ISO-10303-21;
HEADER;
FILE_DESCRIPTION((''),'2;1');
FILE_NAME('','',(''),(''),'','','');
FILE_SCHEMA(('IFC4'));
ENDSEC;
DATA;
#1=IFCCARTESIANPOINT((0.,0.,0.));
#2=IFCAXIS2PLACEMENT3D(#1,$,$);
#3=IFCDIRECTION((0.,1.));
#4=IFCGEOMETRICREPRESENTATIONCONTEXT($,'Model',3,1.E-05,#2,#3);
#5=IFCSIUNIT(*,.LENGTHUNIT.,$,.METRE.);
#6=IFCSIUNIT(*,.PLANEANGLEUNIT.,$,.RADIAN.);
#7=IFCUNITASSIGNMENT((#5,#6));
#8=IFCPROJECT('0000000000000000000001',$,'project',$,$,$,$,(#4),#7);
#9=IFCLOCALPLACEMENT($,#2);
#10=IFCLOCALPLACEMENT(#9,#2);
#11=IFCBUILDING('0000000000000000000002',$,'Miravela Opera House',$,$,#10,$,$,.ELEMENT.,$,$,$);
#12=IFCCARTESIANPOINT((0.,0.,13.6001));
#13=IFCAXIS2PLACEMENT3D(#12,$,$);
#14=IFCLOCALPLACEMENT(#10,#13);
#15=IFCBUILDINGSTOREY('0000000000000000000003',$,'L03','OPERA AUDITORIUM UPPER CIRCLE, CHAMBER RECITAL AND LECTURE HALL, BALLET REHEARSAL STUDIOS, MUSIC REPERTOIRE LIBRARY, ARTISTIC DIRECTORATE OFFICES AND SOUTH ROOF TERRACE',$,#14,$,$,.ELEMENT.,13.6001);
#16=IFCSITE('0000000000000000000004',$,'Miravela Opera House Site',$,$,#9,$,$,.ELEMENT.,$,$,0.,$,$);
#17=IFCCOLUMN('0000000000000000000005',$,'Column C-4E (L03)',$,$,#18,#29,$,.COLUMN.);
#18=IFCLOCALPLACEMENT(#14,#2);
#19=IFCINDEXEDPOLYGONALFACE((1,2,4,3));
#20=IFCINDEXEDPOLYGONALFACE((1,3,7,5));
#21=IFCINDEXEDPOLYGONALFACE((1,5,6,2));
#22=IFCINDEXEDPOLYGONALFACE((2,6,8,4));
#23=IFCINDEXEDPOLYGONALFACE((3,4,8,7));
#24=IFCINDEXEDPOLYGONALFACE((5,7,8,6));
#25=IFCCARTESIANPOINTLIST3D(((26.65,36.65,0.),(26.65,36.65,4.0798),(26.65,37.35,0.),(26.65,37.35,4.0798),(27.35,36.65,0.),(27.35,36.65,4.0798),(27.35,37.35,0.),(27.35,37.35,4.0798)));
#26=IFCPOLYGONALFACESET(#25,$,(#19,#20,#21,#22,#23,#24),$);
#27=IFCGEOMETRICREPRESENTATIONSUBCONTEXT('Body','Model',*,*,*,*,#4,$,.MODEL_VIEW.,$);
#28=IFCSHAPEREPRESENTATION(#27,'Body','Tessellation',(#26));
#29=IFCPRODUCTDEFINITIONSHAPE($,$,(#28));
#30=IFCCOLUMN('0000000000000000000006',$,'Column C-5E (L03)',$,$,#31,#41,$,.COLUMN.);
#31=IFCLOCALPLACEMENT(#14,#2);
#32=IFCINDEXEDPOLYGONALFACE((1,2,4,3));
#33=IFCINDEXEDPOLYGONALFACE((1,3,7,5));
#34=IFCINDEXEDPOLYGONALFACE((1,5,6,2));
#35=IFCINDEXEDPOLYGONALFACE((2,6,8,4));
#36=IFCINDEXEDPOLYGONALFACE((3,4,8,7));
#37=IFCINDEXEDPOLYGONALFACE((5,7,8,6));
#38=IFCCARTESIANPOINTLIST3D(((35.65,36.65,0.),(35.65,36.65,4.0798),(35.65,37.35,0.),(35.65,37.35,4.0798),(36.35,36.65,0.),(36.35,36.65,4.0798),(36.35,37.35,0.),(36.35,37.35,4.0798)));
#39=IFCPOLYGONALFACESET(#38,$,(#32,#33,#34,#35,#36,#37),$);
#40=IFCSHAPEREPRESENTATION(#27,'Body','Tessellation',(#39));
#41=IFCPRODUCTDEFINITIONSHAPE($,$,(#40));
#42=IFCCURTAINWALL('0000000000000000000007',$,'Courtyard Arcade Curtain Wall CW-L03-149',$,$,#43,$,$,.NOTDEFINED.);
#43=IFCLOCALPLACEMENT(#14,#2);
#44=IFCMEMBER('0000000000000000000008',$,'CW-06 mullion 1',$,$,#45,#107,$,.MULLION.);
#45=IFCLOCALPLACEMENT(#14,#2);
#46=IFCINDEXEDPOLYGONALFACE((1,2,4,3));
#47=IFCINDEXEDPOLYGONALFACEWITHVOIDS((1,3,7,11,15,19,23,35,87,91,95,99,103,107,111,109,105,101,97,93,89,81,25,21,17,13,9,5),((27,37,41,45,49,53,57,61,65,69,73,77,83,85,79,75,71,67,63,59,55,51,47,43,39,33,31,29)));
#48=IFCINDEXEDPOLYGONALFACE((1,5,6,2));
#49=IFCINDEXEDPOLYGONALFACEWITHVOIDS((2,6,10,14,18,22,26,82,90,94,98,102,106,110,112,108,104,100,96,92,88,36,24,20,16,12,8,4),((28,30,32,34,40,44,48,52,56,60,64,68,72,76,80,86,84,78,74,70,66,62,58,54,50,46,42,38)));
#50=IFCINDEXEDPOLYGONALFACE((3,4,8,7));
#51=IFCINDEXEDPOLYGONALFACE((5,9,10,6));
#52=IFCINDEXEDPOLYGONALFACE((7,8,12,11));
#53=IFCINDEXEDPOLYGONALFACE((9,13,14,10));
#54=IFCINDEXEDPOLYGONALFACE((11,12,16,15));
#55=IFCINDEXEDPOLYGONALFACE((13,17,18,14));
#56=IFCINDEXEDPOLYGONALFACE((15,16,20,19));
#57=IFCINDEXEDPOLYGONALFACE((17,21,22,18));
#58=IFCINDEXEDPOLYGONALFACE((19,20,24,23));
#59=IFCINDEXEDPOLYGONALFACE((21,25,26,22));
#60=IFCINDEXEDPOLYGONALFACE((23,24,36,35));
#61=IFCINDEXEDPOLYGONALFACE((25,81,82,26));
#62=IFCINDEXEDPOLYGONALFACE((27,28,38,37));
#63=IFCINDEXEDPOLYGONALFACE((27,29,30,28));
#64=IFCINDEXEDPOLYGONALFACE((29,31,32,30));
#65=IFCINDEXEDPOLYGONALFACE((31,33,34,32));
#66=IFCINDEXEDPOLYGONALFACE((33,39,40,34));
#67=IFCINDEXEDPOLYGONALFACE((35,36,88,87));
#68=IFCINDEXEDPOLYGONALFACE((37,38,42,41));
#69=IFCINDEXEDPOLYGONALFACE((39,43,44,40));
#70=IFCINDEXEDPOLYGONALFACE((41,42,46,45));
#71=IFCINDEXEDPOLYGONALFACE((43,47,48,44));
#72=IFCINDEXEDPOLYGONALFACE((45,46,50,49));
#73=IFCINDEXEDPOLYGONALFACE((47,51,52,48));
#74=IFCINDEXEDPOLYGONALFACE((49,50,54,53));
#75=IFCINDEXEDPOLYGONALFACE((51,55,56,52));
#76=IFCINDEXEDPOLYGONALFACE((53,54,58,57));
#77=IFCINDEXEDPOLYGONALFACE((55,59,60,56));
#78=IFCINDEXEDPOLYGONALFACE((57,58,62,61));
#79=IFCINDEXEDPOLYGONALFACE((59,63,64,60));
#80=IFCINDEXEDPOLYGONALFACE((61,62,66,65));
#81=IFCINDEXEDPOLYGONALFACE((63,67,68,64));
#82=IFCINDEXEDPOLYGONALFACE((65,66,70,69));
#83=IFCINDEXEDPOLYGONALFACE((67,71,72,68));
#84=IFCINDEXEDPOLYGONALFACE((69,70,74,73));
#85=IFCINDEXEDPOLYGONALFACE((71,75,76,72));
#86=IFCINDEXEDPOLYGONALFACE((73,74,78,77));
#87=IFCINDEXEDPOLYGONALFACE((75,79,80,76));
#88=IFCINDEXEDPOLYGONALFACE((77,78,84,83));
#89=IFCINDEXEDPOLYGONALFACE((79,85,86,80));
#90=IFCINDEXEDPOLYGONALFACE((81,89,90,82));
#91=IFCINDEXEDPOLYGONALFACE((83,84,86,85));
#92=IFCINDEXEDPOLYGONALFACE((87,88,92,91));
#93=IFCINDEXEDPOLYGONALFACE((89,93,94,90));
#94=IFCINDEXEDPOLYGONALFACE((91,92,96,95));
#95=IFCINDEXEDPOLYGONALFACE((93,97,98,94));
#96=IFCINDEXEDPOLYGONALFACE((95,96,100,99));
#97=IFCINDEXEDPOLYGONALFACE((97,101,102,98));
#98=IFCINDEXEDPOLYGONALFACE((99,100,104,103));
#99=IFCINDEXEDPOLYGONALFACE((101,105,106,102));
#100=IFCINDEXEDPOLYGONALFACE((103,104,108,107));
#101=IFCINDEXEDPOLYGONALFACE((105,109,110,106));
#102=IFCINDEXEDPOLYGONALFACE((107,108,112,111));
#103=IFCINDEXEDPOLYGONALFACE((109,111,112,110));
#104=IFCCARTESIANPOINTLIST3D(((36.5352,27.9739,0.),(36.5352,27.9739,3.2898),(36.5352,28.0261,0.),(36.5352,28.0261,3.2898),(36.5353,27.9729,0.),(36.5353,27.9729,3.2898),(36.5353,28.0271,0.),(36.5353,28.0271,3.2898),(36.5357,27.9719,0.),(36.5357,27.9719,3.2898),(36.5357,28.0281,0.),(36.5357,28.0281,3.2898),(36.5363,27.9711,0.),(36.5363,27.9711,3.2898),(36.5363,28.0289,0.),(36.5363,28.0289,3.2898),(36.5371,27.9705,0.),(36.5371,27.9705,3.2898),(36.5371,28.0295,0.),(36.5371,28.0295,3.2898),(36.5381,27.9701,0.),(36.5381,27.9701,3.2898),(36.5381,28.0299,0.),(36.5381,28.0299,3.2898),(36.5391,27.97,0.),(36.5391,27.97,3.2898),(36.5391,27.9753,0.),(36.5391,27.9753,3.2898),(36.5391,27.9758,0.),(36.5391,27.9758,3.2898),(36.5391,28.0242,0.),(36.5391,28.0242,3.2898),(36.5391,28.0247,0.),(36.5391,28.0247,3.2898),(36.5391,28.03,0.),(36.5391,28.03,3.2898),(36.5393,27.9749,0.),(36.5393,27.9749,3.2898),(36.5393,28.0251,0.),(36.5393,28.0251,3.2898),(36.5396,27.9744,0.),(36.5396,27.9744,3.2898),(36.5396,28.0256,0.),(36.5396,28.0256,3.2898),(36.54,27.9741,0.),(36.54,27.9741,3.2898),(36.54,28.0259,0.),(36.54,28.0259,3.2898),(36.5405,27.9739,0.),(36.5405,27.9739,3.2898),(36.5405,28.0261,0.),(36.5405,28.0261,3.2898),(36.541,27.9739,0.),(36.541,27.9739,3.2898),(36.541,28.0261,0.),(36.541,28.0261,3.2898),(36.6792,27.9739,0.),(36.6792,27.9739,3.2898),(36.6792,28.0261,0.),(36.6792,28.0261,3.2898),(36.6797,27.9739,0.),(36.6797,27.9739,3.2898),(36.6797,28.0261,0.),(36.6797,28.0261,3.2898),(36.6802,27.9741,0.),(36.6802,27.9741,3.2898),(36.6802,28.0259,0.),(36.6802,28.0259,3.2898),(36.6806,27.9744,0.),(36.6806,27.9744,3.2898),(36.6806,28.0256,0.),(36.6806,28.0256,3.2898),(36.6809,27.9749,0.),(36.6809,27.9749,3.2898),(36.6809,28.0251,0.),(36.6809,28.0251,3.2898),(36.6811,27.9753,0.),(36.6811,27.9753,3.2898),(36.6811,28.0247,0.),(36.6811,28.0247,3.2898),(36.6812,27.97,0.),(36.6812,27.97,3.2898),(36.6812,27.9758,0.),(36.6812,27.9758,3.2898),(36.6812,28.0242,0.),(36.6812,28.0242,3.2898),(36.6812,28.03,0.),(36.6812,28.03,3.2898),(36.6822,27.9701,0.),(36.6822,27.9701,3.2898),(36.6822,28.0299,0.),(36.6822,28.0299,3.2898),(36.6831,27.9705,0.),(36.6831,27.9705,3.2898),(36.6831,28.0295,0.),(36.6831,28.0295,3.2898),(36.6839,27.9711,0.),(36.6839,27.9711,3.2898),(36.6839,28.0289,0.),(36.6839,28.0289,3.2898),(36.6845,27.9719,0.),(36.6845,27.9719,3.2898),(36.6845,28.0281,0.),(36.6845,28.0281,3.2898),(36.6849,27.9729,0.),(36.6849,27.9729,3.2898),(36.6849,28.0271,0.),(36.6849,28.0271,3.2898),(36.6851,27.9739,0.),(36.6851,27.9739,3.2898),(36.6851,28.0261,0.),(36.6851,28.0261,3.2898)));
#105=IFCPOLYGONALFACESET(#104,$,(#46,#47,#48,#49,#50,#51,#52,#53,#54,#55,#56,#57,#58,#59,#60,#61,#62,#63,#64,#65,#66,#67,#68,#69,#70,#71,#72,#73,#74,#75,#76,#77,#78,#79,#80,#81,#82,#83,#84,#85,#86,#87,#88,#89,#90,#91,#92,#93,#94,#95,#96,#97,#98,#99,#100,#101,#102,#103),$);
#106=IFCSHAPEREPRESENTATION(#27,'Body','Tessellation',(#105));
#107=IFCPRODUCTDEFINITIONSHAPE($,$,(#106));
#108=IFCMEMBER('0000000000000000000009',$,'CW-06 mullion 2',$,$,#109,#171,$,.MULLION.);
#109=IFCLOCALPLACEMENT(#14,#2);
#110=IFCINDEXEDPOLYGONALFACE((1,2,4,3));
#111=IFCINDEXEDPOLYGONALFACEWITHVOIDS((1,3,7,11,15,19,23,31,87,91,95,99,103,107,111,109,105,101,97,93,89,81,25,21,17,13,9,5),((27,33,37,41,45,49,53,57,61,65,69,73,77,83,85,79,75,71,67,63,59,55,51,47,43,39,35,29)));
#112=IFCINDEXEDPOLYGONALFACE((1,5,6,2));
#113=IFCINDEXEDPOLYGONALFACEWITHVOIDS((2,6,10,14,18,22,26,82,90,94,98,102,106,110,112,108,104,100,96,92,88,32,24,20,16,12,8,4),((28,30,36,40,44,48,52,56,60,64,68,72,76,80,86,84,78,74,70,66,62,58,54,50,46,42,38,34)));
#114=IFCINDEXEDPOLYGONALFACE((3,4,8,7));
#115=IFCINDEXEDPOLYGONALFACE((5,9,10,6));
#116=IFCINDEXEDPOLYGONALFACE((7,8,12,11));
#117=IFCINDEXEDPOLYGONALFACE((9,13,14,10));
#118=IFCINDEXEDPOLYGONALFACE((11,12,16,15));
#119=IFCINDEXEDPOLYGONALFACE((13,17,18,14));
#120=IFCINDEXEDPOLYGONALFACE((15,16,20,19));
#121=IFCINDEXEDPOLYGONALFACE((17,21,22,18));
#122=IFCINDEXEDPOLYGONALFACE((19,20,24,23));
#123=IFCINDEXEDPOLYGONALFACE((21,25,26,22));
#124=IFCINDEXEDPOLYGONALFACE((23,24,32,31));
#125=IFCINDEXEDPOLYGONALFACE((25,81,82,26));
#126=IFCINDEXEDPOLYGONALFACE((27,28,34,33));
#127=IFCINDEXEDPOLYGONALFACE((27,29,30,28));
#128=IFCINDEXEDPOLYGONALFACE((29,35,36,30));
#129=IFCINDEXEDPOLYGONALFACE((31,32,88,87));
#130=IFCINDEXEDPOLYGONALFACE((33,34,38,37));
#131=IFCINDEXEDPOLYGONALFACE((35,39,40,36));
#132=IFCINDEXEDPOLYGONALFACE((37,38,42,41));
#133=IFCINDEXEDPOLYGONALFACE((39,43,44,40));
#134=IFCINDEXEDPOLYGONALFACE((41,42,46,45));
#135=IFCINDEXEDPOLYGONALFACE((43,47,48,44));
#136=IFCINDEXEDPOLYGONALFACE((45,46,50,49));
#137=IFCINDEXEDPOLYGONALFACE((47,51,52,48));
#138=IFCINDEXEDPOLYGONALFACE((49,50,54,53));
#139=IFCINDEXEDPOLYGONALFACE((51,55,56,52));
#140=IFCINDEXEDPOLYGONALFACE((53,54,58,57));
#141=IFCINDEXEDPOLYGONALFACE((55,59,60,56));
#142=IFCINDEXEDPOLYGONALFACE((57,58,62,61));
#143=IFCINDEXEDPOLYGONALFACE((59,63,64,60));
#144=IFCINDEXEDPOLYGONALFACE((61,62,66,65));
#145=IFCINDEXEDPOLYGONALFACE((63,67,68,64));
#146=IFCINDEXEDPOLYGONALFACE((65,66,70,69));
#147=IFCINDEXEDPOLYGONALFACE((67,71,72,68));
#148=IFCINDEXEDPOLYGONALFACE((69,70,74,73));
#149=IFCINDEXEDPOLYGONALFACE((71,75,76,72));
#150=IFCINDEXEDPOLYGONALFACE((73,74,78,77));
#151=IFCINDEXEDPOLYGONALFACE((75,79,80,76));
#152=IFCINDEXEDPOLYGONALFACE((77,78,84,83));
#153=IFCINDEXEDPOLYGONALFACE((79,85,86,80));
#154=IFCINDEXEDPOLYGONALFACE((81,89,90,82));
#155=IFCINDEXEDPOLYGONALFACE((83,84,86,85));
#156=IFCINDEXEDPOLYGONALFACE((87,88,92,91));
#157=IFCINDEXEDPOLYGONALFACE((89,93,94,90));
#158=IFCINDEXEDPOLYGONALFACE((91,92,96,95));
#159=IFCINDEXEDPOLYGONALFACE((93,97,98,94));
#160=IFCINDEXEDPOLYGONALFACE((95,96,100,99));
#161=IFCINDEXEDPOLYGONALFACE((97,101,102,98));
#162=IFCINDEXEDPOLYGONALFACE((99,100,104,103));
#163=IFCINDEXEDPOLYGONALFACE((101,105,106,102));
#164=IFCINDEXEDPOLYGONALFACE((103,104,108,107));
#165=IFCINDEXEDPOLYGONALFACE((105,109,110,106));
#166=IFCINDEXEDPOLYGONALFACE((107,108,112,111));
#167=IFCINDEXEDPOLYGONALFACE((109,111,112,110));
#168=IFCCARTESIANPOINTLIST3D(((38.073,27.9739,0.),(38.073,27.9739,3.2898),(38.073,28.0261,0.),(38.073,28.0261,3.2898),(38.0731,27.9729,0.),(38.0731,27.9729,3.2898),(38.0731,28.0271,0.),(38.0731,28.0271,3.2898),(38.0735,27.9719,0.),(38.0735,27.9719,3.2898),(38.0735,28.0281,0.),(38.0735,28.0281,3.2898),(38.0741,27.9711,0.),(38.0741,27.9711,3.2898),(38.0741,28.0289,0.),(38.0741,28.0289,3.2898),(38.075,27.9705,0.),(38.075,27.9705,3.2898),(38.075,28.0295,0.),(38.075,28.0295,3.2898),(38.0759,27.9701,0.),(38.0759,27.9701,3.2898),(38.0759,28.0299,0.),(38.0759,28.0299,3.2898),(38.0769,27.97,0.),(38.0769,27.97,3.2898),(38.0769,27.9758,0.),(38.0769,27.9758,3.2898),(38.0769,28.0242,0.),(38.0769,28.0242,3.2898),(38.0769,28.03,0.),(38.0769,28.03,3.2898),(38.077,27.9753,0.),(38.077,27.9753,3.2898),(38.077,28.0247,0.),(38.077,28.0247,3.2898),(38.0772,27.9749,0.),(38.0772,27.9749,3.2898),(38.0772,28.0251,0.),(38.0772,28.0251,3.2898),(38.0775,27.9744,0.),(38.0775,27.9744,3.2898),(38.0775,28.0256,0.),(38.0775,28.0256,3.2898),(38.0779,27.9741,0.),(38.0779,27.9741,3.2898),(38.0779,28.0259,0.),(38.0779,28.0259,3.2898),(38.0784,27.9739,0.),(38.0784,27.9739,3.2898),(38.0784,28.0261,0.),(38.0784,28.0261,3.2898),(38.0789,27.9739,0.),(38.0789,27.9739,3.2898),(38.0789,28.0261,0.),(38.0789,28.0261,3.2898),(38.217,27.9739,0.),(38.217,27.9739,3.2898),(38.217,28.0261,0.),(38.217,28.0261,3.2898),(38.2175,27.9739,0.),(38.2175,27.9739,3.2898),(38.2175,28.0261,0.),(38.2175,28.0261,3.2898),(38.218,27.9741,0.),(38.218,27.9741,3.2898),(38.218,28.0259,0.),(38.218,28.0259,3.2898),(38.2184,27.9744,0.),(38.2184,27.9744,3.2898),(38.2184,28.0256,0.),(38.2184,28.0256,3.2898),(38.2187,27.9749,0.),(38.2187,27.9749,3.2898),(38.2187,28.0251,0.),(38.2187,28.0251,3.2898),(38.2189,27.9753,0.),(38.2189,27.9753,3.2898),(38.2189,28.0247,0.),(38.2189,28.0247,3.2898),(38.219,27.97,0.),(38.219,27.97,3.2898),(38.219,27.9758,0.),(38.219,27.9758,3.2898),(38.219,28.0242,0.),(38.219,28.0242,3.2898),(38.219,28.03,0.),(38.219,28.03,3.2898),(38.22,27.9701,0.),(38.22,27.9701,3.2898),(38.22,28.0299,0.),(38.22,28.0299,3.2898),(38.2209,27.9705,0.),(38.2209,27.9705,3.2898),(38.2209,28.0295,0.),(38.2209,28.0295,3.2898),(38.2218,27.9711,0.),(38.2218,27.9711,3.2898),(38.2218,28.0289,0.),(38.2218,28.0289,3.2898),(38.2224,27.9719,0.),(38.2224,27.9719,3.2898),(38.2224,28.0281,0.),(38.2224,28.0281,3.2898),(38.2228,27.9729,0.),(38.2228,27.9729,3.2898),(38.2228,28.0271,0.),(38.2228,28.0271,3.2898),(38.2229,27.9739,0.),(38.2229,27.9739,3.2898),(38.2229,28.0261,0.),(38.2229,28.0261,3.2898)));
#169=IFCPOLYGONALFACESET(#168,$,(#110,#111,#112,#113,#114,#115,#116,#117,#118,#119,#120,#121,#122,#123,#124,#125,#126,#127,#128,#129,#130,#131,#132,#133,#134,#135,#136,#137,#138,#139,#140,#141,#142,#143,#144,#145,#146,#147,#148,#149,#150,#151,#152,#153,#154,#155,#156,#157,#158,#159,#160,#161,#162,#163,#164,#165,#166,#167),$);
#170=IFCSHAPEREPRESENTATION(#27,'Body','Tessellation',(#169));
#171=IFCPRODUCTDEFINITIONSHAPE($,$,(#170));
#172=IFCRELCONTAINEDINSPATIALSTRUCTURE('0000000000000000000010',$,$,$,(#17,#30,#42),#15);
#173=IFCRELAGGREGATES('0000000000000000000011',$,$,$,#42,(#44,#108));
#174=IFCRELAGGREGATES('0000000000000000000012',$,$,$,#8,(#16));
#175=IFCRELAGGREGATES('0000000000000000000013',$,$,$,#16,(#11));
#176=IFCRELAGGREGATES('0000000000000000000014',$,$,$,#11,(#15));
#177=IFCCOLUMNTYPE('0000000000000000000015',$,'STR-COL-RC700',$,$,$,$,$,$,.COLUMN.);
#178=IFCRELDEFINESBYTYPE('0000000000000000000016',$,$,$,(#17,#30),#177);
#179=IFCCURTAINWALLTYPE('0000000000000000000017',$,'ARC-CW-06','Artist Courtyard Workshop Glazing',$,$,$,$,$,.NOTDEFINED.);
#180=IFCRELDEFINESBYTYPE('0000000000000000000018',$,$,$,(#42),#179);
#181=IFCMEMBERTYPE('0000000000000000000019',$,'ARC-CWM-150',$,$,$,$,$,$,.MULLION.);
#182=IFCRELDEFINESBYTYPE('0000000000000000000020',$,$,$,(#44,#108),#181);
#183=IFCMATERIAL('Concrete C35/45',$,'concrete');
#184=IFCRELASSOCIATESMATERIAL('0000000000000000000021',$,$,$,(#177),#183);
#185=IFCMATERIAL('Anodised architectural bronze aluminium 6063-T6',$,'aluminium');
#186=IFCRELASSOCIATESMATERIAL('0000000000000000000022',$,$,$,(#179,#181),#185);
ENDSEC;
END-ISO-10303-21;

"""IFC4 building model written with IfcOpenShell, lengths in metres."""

from ifc_helpers import new_model, si_unit, direction, frame, origin, origin_2d, place, context, subcontext, project, spatial, rectangle, hollow_rectangle, extrude, material, material_profile, profile_set, type_object, element, aggregate, save


model = new_model("IFC4")

# Units and contexts
model_context = context("Model", 3, precision=1e-05, world=origin(), true_north=direction((0.0, 1.0)))
body_context = subcontext(model_context, "Body", "Model", "MODEL_VIEW")
ifc_project = project(units=[si_unit("LENGTHUNIT", "METRE"), si_unit("PLANEANGLEUNIT", "RADIAN")], contexts=[model_context])

# Site, building, storey
site_placement = place(None, origin())
site = spatial("IfcSite", under=ifc_project, at=site_placement, Name="Miravela Opera House Site", CompositionType="ELEMENT", RefElevation=0.0)
building_placement = place(site_placement, origin())
building = spatial("IfcBuilding", under=site, at=building_placement, Name="Miravela Opera House", CompositionType="ELEMENT")
storey_placement = place(building_placement, frame((0.0, 0.0, 13.6001)))
storey = spatial("IfcBuildingStorey", under=building, at=storey_placement, Name="L03", Description="OPERA AUDITORIUM UPPER CIRCLE, CHAMBER RECITAL AND LECTURE HALL, BALLET REHEARSAL STUDIOS, MUSIC REPERTOIRE LIBRARY, ARTISTIC DIRECTORATE OFFICES AND SOUTH ROOF TERRACE", CompositionType="ELEMENT", Elevation=13.6001)

# Columns
ifc_material_1 = material(Name="Concrete C35/45", Category="concrete")
ifc_material_profile_1 = material_profile(ifc_material_1, rectangle(XDim=0.7, YDim=0.7, at=origin_2d()), Name="RC-COL-700X700")
ifc_profile_set_1 = profile_set([ifc_material_profile_1])
column_type = type_object("IfcColumnType", Name="STR-COL-RC700", PredefinedType="COLUMN", material=ifc_profile_set_1)
for number, where, z_axis, x_axis, name in (
    (1, (27.0, 37.0, 0.0), (0.0, 0.0, 1.0), (1.0, 0.0, 0.0), "Column C-4E (L03)"),
    (2, (36.0, 37.0, 0.0), (0.0, 0.0, 1.0), (1.0, 0.0, 0.0), "Column C-5E (L03)"),
):
    element("IfcColumn", number, at=place(storey_placement, frame(where, z_axis=z_axis, x_axis=x_axis)), inside=storey, type_object=column_type, Name=name, PredefinedType="COLUMN", context=body_context, shape_type="SweptSolid", body=[
        extrude(rectangle(XDim=0.7, YDim=0.7, at=origin_2d()), origin(), (0.0, 0.0, 1.0), 4.0798),
    ])

# Curtain wall, members
ifc_material_2 = material(Name="Anodised architectural bronze aluminium 6063-T6", Category="aluminium")
curtain_wall_type = type_object("IfcCurtainWallType", Name="ARC-CW-06", Description="Artist Courtyard Workshop Glazing", PredefinedType="NOTDEFINED", material=ifc_material_2)
curtain_wall_placement = place(storey_placement, origin())
curtain_wall = element("IfcCurtainWall", 3, at=curtain_wall_placement, inside=storey, type_object=curtain_wall_type, Name="Courtyard Arcade Curtain Wall CW-L03-149", PredefinedType="NOTDEFINED")
ifc_material_profile_2 = material_profile(ifc_material_2, hollow_rectangle(XDim=0.0601, YDim=0.1499, WallThickness=0.0039, InnerFilletRadius=0.002, OuterFilletRadius=0.0039, at=origin_2d()), Name="CWM-60X150")
ifc_profile_set_2 = profile_set([ifc_material_profile_2])
member_type_1 = type_object("IfcMemberType", Name="ARC-CWM-150", PredefinedType="MULLION", material=ifc_profile_set_2)
member_1_placement = place(storey_placement, frame((36.6101, 28.0, 0.0), z_axis=(0.0, 0.0, 1.0), x_axis=(0.0, 1.0, 0.0)))
member_1 = element("IfcMember", 4, at=member_1_placement, type_object=member_type_1, Name="CW-06 mullion 1", PredefinedType="MULLION", context=body_context, shape_type="SweptSolid", body=[
    extrude(hollow_rectangle(XDim=0.0601, YDim=0.1499, WallThickness=0.0039, InnerFilletRadius=0.002, OuterFilletRadius=0.0039, at=origin_2d()), origin(), (0.0, 0.0, 1.0), 3.2898),
])
member_2_placement = place(storey_placement, frame((38.1479, 28.0, 0.0), z_axis=(0.0, 0.0, 1.0), x_axis=(0.0, 1.0, 0.0)))
member_2 = element("IfcMember", 5, at=member_2_placement, type_object=member_type_1, Name="CW-06 mullion 2", PredefinedType="MULLION", context=body_context, shape_type="SweptSolid", body=[
    extrude(hollow_rectangle(XDim=0.0601, YDim=0.1499, WallThickness=0.0039, InnerFilletRadius=0.002, OuterFilletRadius=0.0039, at=origin_2d()), origin(), (0.0, 0.0, 1.0), 3.2898),
])

aggregate(curtain_wall, [member_1, member_2])

save(model, "model.ifc")
